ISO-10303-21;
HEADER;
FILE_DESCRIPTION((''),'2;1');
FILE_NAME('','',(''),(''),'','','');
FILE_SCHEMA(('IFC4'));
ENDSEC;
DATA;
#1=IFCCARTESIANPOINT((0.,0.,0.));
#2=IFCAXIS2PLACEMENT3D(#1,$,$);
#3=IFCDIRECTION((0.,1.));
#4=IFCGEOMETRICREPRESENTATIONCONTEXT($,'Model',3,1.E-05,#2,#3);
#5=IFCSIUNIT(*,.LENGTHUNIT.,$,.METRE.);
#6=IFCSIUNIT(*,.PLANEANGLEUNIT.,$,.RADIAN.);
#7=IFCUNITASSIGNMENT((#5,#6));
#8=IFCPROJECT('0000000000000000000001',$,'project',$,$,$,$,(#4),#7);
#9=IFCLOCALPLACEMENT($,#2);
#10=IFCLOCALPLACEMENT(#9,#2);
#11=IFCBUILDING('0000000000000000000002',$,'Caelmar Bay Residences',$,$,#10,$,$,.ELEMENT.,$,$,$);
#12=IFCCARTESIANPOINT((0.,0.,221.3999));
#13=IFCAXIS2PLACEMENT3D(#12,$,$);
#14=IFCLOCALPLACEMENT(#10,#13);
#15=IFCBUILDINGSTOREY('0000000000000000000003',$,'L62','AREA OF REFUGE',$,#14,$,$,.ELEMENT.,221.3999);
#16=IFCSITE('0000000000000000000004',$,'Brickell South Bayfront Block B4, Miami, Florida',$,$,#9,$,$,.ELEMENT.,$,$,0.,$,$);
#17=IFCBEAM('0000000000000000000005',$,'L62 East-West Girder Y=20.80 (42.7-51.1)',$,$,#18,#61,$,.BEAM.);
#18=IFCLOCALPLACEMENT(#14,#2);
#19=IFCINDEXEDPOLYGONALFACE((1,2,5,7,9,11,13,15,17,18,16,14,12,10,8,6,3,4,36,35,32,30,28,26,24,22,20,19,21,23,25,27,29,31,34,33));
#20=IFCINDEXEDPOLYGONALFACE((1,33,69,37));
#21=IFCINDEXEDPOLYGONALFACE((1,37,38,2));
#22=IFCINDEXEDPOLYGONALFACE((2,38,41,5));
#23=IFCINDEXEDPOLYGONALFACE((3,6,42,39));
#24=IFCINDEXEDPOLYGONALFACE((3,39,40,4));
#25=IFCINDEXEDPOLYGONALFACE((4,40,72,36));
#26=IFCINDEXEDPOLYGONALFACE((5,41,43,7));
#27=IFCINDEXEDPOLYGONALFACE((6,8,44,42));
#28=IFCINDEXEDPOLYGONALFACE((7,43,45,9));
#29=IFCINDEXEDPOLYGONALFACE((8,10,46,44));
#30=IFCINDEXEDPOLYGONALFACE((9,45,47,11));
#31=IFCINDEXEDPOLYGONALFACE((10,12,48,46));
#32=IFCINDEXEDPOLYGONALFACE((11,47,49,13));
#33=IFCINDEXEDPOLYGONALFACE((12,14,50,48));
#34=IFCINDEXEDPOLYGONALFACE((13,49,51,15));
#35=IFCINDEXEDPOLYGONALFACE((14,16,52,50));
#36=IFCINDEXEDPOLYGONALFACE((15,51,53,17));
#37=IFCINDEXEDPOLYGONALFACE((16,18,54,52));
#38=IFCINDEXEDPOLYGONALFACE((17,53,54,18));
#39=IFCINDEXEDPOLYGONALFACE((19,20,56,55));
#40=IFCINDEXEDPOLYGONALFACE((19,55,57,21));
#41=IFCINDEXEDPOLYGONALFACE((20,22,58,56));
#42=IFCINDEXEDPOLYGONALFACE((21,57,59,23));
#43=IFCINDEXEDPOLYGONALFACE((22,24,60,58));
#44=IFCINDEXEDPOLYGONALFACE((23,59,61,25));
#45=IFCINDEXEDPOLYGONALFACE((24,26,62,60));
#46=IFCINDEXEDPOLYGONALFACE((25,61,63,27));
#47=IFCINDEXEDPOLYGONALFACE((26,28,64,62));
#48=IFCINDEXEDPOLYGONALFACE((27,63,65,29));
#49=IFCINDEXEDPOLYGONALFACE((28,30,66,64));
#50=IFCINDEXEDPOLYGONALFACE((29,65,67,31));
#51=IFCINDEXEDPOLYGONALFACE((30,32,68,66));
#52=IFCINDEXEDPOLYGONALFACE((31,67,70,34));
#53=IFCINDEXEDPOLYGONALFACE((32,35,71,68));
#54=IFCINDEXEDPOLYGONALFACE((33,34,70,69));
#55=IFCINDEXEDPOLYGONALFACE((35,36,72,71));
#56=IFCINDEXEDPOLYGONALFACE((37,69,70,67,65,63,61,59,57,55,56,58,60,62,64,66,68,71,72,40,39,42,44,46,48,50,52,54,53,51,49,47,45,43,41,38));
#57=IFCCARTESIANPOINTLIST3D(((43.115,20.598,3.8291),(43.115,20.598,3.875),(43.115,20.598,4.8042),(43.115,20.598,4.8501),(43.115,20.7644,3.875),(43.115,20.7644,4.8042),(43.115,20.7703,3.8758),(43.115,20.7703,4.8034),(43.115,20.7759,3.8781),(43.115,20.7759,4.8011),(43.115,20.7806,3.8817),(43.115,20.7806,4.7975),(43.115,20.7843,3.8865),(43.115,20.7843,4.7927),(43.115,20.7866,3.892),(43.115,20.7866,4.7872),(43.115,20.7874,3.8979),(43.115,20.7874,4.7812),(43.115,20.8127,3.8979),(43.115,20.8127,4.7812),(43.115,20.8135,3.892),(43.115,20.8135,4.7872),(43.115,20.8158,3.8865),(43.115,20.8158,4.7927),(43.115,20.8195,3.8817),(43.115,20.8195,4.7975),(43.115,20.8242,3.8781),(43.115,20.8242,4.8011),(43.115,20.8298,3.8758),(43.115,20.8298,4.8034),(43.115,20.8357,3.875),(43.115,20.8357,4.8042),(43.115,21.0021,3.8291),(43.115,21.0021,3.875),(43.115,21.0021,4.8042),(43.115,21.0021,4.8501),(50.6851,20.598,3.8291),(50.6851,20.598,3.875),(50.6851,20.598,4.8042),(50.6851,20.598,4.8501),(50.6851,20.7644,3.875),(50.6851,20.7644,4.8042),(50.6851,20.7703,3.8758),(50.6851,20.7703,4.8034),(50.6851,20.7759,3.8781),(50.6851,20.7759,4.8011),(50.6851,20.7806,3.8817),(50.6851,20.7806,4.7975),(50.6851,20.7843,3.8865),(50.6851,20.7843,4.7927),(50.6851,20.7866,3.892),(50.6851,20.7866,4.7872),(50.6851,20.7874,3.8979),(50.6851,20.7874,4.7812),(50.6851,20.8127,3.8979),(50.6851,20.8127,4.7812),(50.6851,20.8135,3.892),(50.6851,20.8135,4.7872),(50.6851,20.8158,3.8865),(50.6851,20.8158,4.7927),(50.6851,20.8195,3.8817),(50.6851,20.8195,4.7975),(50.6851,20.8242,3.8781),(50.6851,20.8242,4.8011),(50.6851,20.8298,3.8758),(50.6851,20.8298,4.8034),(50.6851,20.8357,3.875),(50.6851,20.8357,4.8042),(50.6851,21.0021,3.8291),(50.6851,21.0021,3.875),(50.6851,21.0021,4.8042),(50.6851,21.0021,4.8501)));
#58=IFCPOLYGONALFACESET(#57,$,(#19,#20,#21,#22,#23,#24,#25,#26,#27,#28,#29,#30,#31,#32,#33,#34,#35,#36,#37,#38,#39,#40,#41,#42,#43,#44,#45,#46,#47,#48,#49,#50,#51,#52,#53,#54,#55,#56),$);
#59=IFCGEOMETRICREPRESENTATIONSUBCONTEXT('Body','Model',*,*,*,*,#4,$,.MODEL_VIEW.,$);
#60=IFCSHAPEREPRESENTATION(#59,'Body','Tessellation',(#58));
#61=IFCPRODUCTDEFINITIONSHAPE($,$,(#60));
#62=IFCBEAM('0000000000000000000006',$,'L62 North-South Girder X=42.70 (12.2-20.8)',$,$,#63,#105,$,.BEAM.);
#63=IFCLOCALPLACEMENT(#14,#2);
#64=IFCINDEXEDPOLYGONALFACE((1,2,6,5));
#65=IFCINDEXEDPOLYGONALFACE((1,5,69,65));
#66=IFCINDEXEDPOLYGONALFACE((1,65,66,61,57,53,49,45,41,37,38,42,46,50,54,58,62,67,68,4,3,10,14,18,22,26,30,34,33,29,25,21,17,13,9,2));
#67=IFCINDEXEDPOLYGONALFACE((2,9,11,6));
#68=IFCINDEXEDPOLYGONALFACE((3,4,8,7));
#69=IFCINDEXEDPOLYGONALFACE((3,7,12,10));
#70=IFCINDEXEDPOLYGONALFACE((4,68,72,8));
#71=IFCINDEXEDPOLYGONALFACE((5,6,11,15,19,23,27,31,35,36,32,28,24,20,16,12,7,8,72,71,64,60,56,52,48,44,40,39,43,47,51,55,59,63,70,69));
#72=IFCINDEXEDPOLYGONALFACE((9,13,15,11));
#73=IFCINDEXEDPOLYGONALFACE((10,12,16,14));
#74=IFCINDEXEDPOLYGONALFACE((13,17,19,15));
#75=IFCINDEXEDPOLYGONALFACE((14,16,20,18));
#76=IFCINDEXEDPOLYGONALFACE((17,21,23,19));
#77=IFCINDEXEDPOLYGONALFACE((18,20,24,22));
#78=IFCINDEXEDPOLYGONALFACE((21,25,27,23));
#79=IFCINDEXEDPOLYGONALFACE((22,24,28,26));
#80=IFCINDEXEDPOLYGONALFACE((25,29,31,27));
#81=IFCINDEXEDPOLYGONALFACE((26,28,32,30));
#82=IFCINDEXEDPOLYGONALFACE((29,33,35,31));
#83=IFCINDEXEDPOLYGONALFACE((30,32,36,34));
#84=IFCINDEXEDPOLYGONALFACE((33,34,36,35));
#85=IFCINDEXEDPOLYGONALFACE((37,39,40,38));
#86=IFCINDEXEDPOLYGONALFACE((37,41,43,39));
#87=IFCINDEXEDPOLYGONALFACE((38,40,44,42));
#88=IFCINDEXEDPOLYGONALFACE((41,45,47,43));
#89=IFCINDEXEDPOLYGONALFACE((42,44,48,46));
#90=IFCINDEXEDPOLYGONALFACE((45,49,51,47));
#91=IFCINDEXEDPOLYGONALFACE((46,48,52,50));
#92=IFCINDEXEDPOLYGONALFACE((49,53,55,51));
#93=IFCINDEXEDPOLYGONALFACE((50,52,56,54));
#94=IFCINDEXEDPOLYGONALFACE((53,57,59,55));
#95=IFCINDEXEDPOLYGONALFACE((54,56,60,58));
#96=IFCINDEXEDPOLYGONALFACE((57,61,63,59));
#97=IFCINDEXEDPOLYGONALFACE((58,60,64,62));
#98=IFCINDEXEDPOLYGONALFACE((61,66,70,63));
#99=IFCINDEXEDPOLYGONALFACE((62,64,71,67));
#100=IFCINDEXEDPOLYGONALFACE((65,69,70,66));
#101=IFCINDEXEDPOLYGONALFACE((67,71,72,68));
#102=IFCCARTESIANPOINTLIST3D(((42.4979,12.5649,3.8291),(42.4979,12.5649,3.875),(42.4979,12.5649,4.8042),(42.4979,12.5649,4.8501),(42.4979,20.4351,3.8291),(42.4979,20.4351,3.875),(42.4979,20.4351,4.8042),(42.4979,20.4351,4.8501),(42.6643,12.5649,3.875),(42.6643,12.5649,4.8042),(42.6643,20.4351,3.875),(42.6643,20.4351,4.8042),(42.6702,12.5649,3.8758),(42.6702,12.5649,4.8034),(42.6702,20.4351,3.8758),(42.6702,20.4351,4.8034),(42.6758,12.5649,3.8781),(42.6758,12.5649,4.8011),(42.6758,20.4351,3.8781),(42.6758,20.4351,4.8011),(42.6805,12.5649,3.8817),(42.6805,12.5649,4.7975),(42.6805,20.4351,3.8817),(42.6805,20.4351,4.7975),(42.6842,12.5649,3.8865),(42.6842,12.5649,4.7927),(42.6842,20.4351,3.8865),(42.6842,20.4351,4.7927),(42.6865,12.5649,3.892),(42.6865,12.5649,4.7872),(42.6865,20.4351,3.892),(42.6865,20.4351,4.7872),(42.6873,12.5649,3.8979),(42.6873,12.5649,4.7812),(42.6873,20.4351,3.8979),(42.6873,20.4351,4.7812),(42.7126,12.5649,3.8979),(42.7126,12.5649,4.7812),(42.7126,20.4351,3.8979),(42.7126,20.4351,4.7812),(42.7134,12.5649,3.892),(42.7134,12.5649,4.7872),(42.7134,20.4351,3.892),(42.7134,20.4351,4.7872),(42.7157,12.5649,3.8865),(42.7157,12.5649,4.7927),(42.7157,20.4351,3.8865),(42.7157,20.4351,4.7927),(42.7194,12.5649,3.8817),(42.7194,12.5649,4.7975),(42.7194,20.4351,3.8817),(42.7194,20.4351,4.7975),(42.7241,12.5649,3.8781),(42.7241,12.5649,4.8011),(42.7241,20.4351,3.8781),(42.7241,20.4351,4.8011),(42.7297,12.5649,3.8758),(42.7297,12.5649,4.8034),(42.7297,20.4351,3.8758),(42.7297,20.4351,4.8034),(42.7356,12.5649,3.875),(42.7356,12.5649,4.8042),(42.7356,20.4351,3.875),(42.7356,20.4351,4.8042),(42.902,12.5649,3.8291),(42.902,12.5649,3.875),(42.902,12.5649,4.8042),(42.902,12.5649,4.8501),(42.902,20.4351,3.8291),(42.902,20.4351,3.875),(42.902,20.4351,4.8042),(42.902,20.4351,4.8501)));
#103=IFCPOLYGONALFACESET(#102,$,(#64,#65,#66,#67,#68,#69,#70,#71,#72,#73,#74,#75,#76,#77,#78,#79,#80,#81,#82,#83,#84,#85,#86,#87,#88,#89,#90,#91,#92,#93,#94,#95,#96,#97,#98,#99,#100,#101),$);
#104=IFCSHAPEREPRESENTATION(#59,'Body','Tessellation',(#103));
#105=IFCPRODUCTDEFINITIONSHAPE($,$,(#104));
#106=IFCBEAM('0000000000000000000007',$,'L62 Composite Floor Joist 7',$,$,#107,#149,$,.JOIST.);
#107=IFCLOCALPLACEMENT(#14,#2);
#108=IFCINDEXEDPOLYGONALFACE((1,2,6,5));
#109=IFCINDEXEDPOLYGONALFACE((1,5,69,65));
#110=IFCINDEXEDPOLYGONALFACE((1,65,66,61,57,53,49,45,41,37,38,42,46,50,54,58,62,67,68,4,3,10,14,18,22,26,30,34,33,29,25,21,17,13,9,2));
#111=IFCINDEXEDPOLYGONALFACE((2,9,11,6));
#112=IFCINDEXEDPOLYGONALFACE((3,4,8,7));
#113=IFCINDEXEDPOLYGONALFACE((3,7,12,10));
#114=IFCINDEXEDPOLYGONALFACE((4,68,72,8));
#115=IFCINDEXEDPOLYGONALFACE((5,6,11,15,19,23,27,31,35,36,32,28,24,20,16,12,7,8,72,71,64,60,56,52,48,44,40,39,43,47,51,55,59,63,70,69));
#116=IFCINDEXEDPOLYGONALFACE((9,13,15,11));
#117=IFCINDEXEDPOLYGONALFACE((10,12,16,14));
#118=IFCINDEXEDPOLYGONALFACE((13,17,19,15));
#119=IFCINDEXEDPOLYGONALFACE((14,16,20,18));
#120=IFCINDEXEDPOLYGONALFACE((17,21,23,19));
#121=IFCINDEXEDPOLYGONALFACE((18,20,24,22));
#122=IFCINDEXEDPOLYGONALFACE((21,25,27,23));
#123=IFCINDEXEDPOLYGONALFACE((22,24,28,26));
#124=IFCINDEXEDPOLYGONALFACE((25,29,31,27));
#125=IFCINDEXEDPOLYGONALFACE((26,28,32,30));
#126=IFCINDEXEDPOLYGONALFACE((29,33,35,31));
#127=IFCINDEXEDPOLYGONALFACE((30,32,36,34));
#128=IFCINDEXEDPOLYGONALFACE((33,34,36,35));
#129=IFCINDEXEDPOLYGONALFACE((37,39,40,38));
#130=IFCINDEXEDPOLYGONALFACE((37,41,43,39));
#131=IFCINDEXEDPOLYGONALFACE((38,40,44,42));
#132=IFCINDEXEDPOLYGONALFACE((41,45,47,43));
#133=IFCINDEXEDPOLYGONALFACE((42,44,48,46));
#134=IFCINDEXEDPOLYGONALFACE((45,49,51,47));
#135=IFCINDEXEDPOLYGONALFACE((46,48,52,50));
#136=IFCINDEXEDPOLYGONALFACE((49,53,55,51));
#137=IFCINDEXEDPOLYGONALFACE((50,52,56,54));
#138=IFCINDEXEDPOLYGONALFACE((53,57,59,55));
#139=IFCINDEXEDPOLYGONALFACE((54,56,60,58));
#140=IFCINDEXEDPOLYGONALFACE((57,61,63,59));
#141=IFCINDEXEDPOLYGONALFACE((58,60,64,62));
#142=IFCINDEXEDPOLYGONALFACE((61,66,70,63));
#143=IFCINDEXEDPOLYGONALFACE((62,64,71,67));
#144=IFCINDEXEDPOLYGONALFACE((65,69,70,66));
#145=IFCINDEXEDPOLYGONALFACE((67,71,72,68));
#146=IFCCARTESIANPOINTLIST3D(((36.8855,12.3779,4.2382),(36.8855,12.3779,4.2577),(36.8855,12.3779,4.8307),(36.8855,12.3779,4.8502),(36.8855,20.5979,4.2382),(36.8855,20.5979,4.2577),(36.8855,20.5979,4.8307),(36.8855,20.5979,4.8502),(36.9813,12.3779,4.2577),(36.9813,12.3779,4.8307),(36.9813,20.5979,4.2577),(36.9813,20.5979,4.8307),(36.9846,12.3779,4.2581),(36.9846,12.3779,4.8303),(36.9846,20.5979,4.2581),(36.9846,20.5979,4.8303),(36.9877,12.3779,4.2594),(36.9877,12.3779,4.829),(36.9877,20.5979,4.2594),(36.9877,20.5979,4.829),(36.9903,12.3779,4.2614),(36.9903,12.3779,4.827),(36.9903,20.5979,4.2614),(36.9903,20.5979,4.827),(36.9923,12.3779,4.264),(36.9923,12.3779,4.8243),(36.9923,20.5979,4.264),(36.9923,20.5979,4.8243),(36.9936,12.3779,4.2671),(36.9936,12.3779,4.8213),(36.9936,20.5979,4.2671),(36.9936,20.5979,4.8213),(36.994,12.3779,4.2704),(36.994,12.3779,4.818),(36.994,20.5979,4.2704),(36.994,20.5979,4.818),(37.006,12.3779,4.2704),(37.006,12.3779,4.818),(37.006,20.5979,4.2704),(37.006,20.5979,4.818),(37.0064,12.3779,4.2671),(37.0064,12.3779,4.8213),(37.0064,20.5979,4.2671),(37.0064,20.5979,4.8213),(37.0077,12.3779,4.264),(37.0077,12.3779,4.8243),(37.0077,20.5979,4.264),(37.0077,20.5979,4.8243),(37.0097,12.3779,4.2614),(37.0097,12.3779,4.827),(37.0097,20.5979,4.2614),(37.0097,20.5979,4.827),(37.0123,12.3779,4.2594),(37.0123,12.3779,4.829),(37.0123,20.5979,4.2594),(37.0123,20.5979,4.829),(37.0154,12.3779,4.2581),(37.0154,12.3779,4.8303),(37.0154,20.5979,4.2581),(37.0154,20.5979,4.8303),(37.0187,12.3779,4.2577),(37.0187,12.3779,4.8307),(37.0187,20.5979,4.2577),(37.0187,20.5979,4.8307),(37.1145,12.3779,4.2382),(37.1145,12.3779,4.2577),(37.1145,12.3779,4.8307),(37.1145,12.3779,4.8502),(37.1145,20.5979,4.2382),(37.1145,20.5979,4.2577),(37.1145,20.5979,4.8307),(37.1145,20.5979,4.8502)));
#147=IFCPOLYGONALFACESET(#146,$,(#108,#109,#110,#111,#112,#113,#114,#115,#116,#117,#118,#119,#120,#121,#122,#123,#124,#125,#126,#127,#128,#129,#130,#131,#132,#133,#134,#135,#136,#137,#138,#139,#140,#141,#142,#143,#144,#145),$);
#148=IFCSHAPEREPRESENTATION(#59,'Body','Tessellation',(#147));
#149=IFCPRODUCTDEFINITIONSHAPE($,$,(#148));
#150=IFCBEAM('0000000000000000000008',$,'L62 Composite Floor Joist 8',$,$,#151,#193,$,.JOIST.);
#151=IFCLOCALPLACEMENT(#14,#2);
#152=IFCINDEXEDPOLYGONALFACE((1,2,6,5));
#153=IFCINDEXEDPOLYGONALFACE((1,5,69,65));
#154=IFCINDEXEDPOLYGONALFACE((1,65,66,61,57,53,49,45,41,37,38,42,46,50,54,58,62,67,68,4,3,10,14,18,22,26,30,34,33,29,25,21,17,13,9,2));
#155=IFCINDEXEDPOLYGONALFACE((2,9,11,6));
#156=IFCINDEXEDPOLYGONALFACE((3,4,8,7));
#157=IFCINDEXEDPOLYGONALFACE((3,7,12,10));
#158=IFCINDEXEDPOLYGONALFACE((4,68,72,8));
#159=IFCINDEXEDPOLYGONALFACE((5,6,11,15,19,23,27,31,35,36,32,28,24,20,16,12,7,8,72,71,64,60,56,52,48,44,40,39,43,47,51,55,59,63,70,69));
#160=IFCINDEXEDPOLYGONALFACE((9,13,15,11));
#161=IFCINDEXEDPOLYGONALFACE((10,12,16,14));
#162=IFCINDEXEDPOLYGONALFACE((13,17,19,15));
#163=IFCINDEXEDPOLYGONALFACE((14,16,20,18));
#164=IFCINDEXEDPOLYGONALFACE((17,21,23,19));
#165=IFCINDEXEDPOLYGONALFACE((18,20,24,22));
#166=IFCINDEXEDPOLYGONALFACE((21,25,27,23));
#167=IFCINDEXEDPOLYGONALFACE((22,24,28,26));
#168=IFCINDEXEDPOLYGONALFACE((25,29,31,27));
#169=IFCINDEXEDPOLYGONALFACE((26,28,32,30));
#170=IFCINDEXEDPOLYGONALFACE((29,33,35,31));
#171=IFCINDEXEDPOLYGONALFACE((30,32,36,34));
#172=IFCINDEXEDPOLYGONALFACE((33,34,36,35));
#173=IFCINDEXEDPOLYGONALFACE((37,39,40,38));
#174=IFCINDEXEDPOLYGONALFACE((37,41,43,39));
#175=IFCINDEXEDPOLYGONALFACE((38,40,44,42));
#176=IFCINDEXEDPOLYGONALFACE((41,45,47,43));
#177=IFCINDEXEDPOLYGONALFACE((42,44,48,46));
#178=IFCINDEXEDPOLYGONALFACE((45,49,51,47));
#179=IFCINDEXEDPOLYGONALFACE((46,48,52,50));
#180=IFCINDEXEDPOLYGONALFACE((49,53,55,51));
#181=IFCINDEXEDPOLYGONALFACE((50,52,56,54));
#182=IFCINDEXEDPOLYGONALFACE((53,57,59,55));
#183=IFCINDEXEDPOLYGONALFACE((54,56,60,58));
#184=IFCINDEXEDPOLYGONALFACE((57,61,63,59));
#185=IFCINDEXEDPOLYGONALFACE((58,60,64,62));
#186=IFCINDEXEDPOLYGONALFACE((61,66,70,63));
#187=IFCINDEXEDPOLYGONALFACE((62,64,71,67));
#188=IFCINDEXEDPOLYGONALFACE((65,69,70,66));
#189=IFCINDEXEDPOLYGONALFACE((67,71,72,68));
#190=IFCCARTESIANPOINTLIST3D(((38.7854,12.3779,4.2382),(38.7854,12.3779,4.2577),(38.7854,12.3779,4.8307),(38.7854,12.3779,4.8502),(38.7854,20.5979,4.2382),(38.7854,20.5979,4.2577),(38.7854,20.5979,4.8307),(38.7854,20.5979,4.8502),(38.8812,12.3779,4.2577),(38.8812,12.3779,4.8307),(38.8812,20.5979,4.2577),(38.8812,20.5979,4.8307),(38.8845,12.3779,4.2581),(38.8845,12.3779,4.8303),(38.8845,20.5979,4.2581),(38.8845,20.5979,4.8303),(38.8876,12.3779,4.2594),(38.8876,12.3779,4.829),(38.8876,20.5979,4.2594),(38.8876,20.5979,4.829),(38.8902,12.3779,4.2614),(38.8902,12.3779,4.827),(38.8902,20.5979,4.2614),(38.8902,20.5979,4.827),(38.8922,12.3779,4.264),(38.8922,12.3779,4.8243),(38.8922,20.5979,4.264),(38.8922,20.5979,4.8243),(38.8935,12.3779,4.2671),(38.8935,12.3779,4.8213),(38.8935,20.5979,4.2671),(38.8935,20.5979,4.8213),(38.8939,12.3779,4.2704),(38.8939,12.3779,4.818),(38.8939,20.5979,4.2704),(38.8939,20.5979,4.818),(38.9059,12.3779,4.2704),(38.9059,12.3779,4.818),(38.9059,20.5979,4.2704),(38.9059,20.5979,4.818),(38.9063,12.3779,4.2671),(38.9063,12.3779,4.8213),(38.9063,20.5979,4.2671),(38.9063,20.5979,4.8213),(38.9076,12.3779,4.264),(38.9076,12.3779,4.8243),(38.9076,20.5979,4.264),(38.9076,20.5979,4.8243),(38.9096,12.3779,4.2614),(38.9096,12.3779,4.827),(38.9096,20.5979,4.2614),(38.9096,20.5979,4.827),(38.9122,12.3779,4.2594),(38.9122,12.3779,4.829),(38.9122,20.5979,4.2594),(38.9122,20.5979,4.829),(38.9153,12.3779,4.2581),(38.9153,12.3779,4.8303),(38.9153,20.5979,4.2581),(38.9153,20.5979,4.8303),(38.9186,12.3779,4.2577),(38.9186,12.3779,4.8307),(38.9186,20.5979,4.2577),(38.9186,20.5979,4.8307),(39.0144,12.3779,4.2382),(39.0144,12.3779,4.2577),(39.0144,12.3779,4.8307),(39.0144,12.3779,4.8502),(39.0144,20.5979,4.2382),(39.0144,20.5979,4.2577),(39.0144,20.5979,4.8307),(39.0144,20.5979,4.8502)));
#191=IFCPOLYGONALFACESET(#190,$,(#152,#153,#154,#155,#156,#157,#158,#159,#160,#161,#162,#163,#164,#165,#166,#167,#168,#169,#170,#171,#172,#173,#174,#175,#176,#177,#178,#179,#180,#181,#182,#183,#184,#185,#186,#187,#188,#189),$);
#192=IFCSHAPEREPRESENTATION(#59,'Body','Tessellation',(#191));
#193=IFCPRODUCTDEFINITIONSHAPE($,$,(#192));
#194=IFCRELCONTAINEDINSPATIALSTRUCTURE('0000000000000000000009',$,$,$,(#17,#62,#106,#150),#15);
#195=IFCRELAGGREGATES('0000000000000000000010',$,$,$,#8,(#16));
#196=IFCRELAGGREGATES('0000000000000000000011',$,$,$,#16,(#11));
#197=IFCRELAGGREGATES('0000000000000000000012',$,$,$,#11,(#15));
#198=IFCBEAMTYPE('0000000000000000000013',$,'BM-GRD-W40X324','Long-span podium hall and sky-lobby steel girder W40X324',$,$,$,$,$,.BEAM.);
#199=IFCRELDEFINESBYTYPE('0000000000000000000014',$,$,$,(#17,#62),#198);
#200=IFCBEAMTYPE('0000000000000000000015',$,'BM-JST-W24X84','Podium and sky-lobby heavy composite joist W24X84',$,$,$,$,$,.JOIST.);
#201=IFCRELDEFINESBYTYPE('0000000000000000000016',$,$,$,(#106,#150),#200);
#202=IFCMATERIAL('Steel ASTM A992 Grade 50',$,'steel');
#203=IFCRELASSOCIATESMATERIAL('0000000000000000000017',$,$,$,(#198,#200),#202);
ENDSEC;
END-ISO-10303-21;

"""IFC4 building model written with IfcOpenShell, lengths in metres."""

from ifc_helpers import new_model, si_unit, direction, frame, origin, origin_2d, place, context, subcontext, project, spatial, i_section, extrude, material, material_profile, profile_set, type_object, element, save


model = new_model("IFC4")

# Units and contexts
model_context = context("Model", 3, precision=1e-05, world=origin(), true_north=direction((0.0, 1.0)))
body_context = subcontext(model_context, "Body", "Model", "MODEL_VIEW")
ifc_project = project(units=[si_unit("LENGTHUNIT", "METRE"), si_unit("PLANEANGLEUNIT", "RADIAN")], contexts=[model_context])

# Site, building, storey
site_placement = place(None, origin())
site = spatial("IfcSite", under=ifc_project, at=site_placement, Name="Brickell South Bayfront Block B4, Miami, Florida", CompositionType="ELEMENT", RefElevation=0.0)
building_placement = place(site_placement, origin())
building = spatial("IfcBuilding", under=site, at=building_placement, Name="Caelmar Bay Residences", CompositionType="ELEMENT")
storey_placement = place(building_placement, frame((0.0, 0.0, 221.3999)))
storey = spatial("IfcBuildingStorey", under=building, at=storey_placement, Name="L62", Description="AREA OF REFUGE", CompositionType="ELEMENT", Elevation=221.3999)

# Beams
ifc_material_1 = material(Name="Steel ASTM A992 Grade 50", Category="steel")
ifc_material_profile_1 = material_profile(ifc_material_1, i_section(OverallWidth=0.4041, OverallDepth=1.021, WebThickness=0.0254, FlangeThickness=0.0459, FilletRadius=0.0229, at=origin_2d()), Name="W40X324")
ifc_profile_set_1 = profile_set([ifc_material_profile_1], Name="Steel ASTM A992 Grade 50")
beam_type_1 = type_object("IfcBeamType", Name="BM-GRD-W40X324", Description="Long-span podium hall and sky-lobby steel girder W40X324", PredefinedType="BEAM", material=ifc_profile_set_1)
beam_1_placement = place(storey_placement, frame((43.115, 20.8, 4.3396), z_axis=(1.0, 0.0, 0.0), x_axis=(0.0, 1.0, 0.0)))
element("IfcBeam", 1, at=beam_1_placement, inside=storey, type_object=beam_type_1, Name="L62 East-West Girder Y=20.80 (42.7-51.1)", PredefinedType="BEAM", context=body_context, shape_type="SweptSolid", body=[
    extrude(i_section(OverallWidth=0.4041, OverallDepth=1.021, WebThickness=0.0254, FlangeThickness=0.0459, FilletRadius=0.0229, at=origin_2d()), origin(), (0.0, 0.0, 1.0), 7.5701),
])
beam_2_placement = place(storey_placement, frame((42.7, 12.5649, 4.3396), z_axis=(0.0, 1.0, 0.0), x_axis=(-1.0, 0.0, 0.0)))
element("IfcBeam", 2, at=beam_2_placement, inside=storey, type_object=beam_type_1, Name="L62 North-South Girder X=42.70 (12.2-20.8)", PredefinedType="BEAM", context=body_context, shape_type="SweptSolid", body=[
    extrude(i_section(OverallWidth=0.4041, OverallDepth=1.021, WebThickness=0.0254, FlangeThickness=0.0459, FilletRadius=0.0229, at=origin_2d()), origin(), (0.0, 0.0, 1.0), 7.8701),
])
ifc_material_profile_2 = material_profile(ifc_material_1, i_section(OverallWidth=0.229, OverallDepth=0.6121, WebThickness=0.012, FlangeThickness=0.0195, FilletRadius=0.0127, at=origin_2d()), Name="W24X84")
ifc_profile_set_2 = profile_set([ifc_material_profile_2], Name="Steel ASTM A992 Grade 50")
beam_type_2 = type_object("IfcBeamType", Name="BM-JST-W24X84", Description="Podium and sky-lobby heavy composite joist W24X84", PredefinedType="JOIST", material=ifc_profile_set_2)
for number, where, z_axis, x_axis, name in (
    (3, (37.0, 12.3779, 4.5442), (0.0, 1.0, 0.0), (-1.0, 0.0, 0.0), "L62 Composite Floor Joist 7"),
    (4, (38.8999, 12.3779, 4.5442), (0.0, 1.0, 0.0), (-1.0, 0.0, 0.0), "L62 Composite Floor Joist 8"),
):
    element("IfcBeam", number, at=place(storey_placement, frame(where, z_axis=z_axis, x_axis=x_axis)), inside=storey, type_object=beam_type_2, Name=name, PredefinedType="JOIST", context=body_context, shape_type="SweptSolid", body=[
        extrude(i_section(OverallWidth=0.229, OverallDepth=0.6121, WebThickness=0.012, FlangeThickness=0.0195, FilletRadius=0.0127, at=origin_2d()), origin(), (0.0, 0.0, 1.0), 8.22),
    ])

save(model, "model.ifc")
